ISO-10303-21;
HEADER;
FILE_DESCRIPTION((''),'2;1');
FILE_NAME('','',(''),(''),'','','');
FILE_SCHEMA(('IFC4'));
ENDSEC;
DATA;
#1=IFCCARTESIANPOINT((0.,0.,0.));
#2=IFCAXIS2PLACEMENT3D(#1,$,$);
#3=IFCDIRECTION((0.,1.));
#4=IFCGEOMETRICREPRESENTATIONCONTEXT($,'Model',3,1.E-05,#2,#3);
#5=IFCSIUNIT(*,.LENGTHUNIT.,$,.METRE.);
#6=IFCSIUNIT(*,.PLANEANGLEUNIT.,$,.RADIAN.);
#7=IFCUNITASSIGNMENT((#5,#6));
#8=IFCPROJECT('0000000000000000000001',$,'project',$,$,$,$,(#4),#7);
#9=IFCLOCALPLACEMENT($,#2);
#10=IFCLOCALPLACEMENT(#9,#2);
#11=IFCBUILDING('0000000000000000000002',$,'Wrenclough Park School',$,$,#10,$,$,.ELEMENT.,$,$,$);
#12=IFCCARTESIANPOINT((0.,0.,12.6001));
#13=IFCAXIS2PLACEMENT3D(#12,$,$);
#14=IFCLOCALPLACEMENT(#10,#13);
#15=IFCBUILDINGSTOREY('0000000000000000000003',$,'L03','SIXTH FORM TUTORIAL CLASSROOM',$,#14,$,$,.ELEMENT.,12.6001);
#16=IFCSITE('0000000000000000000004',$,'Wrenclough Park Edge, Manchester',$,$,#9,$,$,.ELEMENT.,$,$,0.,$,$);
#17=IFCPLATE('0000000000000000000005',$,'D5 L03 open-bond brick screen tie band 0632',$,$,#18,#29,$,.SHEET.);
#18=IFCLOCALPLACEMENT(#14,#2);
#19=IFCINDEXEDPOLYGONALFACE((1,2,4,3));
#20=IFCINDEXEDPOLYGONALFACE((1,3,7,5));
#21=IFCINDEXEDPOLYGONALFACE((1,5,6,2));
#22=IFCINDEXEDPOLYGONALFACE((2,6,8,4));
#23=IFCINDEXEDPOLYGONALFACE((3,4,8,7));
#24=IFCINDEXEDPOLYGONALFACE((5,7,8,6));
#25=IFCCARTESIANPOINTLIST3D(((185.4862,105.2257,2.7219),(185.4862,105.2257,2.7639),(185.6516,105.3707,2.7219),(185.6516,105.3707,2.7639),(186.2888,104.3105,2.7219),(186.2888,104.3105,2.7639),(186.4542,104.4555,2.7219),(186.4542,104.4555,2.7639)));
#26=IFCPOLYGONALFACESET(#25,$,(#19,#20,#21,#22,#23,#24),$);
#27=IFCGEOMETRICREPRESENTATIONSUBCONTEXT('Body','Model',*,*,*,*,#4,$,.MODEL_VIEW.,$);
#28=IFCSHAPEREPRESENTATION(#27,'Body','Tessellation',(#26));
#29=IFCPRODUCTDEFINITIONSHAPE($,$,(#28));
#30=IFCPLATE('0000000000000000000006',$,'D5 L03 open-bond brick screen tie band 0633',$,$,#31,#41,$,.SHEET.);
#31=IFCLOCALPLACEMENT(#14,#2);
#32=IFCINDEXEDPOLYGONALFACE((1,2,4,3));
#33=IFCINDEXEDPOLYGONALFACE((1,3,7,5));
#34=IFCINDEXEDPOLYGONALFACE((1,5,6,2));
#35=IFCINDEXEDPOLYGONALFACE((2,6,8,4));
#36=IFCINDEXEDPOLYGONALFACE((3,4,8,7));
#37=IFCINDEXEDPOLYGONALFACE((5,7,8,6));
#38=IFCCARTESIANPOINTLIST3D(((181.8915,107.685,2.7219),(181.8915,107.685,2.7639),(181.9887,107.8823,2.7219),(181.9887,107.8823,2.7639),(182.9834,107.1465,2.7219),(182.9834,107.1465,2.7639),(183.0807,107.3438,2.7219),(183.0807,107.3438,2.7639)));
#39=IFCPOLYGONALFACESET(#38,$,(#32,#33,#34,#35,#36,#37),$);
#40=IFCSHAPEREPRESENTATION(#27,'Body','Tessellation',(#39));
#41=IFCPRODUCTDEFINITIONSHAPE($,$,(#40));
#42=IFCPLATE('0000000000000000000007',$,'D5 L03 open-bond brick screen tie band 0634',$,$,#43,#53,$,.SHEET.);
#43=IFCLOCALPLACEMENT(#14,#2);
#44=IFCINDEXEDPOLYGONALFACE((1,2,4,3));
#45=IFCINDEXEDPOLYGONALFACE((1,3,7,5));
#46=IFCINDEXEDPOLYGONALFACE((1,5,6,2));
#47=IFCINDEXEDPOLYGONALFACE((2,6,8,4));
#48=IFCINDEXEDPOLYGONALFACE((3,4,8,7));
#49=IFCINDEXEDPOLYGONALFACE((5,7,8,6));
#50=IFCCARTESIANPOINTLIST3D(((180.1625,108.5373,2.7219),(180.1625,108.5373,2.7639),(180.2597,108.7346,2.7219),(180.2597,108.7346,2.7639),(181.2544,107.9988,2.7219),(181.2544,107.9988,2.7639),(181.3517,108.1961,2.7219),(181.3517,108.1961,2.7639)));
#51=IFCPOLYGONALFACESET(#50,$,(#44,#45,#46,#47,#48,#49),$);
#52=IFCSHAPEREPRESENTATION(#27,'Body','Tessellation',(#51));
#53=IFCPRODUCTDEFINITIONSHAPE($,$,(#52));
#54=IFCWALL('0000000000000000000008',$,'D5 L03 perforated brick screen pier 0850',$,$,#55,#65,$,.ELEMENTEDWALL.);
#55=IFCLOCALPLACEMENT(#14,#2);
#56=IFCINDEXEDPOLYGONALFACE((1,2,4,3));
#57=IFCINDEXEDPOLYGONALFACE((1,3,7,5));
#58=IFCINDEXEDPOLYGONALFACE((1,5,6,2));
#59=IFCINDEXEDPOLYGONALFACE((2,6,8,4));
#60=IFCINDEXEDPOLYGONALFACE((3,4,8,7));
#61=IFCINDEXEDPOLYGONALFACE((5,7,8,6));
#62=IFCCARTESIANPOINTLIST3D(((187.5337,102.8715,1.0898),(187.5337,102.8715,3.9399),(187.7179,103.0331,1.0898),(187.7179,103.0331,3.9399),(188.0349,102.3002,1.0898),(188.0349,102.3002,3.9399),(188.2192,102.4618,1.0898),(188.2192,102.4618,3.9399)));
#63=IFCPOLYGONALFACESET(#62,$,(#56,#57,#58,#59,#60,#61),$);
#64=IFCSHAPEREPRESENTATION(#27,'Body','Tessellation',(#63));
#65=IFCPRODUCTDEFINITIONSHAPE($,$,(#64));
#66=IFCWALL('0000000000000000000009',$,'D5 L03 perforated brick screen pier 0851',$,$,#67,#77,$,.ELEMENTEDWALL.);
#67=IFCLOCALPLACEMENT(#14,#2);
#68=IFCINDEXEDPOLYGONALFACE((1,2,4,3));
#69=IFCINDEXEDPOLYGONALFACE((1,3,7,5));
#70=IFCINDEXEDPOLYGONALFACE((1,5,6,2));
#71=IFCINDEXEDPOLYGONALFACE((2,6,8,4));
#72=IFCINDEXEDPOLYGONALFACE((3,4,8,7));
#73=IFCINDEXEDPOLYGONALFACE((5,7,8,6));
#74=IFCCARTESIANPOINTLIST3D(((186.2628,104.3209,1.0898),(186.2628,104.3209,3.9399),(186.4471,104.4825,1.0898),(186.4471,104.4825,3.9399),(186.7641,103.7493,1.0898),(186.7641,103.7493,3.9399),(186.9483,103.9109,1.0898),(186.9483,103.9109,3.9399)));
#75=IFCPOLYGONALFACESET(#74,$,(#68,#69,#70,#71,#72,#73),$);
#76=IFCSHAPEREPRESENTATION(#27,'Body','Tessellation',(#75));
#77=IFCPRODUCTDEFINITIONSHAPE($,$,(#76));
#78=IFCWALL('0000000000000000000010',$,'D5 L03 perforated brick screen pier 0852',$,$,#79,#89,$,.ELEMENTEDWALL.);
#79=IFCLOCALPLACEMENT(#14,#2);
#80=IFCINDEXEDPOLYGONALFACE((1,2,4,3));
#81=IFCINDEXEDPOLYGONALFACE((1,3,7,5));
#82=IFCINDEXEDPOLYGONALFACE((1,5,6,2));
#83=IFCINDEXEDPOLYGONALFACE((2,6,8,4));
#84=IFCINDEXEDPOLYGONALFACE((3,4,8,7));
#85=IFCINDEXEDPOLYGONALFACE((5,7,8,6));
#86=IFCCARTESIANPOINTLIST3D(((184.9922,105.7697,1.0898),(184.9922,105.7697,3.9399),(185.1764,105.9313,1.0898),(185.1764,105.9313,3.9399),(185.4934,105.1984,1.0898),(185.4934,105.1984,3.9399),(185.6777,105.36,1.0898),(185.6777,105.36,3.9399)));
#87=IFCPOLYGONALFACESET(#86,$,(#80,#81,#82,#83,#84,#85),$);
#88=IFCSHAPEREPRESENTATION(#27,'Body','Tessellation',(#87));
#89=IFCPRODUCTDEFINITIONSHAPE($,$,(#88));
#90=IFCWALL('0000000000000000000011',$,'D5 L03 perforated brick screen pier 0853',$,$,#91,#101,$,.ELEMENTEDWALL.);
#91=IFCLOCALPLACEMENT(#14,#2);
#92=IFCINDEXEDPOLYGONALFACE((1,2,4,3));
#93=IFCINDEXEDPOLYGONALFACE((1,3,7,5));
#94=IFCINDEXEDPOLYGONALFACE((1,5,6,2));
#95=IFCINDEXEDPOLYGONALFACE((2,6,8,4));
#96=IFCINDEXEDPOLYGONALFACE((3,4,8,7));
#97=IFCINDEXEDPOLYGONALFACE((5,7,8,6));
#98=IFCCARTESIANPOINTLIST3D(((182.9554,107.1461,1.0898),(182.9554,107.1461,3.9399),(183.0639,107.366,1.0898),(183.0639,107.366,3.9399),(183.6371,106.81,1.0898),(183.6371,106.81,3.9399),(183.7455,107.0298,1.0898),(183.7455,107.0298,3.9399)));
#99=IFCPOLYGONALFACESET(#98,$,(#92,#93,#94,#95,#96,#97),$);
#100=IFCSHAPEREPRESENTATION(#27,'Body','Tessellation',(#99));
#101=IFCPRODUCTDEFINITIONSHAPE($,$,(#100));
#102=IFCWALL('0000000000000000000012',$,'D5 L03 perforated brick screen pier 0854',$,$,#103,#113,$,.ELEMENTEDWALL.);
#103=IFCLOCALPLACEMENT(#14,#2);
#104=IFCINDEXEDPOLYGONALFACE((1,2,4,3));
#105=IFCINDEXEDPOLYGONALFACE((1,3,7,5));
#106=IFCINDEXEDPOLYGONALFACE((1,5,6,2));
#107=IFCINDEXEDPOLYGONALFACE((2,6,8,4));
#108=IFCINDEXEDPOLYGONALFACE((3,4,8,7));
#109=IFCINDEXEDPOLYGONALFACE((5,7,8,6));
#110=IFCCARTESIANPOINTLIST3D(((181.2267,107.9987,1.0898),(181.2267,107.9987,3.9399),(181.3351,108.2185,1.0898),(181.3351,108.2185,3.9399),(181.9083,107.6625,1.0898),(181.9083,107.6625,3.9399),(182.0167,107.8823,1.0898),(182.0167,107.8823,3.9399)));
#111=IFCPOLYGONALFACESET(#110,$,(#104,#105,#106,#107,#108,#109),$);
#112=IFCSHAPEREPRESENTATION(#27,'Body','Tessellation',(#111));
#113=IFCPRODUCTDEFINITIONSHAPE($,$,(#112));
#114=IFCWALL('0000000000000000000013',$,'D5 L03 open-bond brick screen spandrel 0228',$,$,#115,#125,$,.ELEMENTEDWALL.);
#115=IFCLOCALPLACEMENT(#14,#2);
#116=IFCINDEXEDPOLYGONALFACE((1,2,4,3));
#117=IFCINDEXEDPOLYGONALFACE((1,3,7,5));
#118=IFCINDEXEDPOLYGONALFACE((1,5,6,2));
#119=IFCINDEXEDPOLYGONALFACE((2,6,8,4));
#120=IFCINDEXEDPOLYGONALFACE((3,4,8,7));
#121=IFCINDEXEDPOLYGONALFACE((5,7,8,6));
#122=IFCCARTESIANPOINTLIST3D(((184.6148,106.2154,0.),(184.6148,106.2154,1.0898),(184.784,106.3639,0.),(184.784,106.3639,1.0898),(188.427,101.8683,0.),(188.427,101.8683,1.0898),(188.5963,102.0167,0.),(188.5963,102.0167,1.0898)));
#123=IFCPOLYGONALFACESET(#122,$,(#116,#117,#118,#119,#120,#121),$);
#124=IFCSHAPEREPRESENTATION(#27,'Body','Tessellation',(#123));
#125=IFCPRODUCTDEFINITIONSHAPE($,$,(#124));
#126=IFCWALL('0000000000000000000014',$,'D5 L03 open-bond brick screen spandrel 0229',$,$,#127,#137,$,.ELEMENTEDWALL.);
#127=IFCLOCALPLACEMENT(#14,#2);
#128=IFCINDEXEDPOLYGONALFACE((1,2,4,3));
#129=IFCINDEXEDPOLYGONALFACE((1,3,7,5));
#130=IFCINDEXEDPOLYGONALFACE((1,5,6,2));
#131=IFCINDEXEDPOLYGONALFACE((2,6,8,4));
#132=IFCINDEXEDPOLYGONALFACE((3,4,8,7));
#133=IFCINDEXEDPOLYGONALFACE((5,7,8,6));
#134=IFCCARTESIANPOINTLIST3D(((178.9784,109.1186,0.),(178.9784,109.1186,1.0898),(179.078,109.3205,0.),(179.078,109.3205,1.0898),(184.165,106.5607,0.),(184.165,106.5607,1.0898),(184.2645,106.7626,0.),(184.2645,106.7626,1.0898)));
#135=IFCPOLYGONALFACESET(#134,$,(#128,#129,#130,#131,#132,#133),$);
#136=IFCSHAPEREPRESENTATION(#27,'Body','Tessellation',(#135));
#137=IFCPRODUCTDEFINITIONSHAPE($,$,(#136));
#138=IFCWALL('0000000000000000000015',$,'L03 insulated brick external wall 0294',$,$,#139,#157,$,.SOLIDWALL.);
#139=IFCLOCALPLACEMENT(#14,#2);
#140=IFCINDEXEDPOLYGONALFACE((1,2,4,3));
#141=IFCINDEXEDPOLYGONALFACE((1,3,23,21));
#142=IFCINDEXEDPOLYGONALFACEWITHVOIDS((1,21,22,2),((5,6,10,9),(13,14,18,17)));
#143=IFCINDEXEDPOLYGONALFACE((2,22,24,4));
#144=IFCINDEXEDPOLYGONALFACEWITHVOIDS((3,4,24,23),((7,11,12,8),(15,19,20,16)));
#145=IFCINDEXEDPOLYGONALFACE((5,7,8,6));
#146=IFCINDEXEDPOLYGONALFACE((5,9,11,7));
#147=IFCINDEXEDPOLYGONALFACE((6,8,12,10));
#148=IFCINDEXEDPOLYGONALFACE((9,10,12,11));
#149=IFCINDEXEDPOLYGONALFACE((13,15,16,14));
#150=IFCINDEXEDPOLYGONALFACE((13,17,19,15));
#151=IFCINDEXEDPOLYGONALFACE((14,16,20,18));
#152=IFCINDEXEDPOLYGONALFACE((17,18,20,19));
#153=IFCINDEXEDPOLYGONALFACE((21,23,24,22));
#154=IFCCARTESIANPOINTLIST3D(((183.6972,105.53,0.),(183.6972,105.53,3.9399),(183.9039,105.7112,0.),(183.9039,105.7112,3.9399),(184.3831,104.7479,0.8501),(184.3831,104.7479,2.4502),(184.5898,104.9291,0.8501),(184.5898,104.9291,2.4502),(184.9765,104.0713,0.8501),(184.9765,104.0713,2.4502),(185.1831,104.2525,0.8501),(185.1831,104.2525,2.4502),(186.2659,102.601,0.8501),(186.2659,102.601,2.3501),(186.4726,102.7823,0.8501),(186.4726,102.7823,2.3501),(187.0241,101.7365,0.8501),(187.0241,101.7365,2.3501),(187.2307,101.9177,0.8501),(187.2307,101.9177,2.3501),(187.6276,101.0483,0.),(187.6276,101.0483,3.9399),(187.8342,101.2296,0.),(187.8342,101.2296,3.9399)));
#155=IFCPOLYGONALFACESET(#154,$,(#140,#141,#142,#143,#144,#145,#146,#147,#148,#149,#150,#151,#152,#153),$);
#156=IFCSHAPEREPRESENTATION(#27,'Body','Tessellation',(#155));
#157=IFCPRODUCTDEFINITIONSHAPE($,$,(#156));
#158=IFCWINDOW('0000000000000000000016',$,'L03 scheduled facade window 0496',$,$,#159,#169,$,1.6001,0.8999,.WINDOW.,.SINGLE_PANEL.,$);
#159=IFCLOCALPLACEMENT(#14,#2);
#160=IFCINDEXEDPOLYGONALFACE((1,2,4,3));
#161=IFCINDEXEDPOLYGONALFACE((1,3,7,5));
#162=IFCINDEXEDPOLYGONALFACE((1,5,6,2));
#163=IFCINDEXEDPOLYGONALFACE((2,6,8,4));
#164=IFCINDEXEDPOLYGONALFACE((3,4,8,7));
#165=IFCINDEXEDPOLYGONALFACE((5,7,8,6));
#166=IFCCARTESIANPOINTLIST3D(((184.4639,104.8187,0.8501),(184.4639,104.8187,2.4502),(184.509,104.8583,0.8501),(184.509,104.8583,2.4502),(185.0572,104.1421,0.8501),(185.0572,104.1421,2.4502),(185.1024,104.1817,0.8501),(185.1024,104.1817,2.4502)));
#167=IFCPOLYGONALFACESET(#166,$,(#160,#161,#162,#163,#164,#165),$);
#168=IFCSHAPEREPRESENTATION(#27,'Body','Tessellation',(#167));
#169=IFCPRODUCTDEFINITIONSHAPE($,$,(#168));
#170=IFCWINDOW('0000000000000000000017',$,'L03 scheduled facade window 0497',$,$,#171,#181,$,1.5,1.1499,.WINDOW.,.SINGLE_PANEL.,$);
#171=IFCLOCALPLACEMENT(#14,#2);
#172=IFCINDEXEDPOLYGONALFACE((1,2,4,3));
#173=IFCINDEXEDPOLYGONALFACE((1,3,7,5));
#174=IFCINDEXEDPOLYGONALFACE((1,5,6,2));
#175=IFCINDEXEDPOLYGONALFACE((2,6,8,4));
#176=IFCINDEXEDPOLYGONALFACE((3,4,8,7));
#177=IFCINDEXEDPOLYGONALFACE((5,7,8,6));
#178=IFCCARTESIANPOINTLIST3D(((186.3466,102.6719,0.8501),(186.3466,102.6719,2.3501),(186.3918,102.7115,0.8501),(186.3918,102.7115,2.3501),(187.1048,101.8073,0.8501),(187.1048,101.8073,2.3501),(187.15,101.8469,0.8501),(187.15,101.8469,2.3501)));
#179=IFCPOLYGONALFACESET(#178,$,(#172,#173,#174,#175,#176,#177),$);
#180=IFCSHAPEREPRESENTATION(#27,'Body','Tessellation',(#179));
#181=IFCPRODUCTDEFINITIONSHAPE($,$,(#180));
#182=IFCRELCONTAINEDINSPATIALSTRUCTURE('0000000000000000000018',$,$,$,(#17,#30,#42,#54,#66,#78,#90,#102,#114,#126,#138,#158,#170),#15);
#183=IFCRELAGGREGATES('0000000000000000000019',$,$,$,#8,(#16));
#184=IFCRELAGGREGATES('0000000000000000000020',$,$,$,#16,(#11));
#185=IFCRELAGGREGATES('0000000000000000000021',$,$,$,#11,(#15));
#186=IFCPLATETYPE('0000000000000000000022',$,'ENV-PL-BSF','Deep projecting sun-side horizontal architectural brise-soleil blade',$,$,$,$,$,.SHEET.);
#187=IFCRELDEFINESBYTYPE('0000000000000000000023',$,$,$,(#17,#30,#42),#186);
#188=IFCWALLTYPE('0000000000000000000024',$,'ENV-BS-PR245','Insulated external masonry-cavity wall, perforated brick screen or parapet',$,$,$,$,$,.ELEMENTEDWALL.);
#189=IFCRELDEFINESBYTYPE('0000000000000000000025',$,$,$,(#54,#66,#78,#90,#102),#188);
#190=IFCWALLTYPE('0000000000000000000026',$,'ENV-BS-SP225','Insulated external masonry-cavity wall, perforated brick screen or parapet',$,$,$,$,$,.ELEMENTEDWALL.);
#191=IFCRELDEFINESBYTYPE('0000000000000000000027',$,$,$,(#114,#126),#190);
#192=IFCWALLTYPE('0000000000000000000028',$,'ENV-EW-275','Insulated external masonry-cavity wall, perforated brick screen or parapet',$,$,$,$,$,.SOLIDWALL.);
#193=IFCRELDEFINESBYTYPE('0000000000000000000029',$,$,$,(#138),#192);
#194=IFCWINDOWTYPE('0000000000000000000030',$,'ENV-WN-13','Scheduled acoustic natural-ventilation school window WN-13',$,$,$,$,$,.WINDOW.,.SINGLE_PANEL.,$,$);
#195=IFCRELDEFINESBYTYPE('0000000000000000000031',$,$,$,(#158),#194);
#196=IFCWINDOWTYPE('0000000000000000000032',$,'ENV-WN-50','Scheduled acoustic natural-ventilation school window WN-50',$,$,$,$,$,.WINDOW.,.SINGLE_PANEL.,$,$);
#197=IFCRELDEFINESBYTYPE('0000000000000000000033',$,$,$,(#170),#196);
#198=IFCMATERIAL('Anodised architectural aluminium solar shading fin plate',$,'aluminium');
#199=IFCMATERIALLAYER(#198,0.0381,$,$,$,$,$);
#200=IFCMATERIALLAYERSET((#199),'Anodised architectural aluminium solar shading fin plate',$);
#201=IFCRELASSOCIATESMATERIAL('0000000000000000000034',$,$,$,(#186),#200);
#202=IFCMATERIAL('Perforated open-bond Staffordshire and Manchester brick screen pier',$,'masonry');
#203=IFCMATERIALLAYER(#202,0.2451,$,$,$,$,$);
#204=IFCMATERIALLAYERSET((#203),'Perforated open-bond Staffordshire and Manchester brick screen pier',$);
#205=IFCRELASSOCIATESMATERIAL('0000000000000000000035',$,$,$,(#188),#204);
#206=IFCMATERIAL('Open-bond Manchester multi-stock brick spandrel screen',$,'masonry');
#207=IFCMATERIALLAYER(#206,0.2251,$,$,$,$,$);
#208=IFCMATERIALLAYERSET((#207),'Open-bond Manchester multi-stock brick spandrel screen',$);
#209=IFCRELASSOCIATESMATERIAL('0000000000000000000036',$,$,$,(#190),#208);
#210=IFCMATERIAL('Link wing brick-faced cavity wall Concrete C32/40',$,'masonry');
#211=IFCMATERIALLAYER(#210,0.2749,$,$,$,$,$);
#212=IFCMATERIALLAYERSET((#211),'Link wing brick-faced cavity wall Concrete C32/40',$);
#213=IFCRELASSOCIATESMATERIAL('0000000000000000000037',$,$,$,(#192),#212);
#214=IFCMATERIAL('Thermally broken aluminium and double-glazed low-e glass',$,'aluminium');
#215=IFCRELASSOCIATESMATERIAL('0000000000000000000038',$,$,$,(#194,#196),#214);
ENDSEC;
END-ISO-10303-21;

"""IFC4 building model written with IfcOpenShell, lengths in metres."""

from ifc_helpers import new_model, si_unit, direction, frame, frame_2d, origin, origin_2d, place, context, subcontext, project, spatial, rectangle, extrude, material, layer, layer_set, type_object, element, fill, save


model = new_model("IFC4")

# Units and contexts
model_context = context("Model", 3, precision=1e-05, world=origin(), true_north=direction((0.0, 1.0)))
body_context = subcontext(model_context, "Body", "Model", "MODEL_VIEW")
ifc_project = project(units=[si_unit("LENGTHUNIT", "METRE"), si_unit("PLANEANGLEUNIT", "RADIAN")], contexts=[model_context])

# Site, building, storey
site_placement = place(None, origin())
site = spatial("IfcSite", under=ifc_project, at=site_placement, Name="Wrenclough Park Edge, Manchester", CompositionType="ELEMENT", RefElevation=0.0)
building_placement = place(site_placement, origin())
building = spatial("IfcBuilding", under=site, at=building_placement, Name="Wrenclough Park School", CompositionType="ELEMENT")
storey_placement = place(building_placement, frame((0.0, 0.0, 12.6001)))
storey = spatial("IfcBuildingStorey", under=building, at=storey_placement, Name="L03", Description="SIXTH FORM TUTORIAL CLASSROOM", CompositionType="ELEMENT", Elevation=12.6001)

# Plates
ifc_material_1 = material(Name="Anodised architectural aluminium solar shading fin plate", Category="aluminium")
ifc_layer_1 = layer(ifc_material_1, 0.0381)
ifc_layer_set_1 = layer_set([ifc_layer_1], Name="Anodised architectural aluminium solar shading fin plate")
plate_type = type_object("IfcPlateType", Name="ENV-PL-BSF", Description="Deep projecting sun-side horizontal architectural brise-soleil blade", PredefinedType="SHEET", material=ifc_layer_set_1)
for number, where, z_axis, x_axis, name in (
    (1, (185.9702, 104.8406, 2.7219), (0.0, 0.0, 1.0), (-0.659347, 0.751839, 0.0), "D5 L03 open-bond brick screen tie band 0632"),
):
    element("IfcPlate", number, at=place(storey_placement, frame(where, z_axis=z_axis, x_axis=x_axis)), inside=storey, type_object=plate_type, Name=name, PredefinedType="SHEET", context=body_context, shape_type="SweptSolid", body=[
        extrude(rectangle(XDim=1.2173, YDim=0.22, at=origin_2d()), origin(), (0.0, 0.0, 1.0), 0.042),
    ])
for number, where, z_axis, x_axis, name in (
    (2, (182.4861, 107.5144, 2.7219), (0.0, 0.0, 1.0), (-0.896873, 0.442289, 0.0), "D5 L03 open-bond brick screen tie band 0633"),
    (3, (180.7571, 108.3667, 2.7219), (0.0, 0.0, 1.0), (-0.896873, 0.442289, 0.0), "D5 L03 open-bond brick screen tie band 0634"),
):
    element("IfcPlate", number, at=place(storey_placement, frame(where, z_axis=z_axis, x_axis=x_axis)), inside=storey, type_object=plate_type, Name=name, PredefinedType="SHEET", context=body_context, shape_type="SweptSolid", body=[
        extrude(rectangle(XDim=1.2175, YDim=0.22, at=origin_2d()), origin(), (0.0, 0.0, 1.0), 0.042),
    ])

# Walls
ifc_material_2 = material(Name="Perforated open-bond Staffordshire and Manchester brick screen pier", Category="masonry")
ifc_layer_2 = layer(ifc_material_2, 0.2451)
ifc_layer_set_2 = layer_set([ifc_layer_2], Name="Perforated open-bond Staffordshire and Manchester brick screen pier")
wall_type_1 = type_object("IfcWallType", Name="ENV-BS-PR245", Description="Insulated external masonry-cavity wall, perforated brick screen or parapet", PredefinedType="ELEMENTEDWALL", material=ifc_layer_set_2)
wall_1_placement = place(storey_placement, frame((188.127, 102.3811, 1.0898), z_axis=(0.0, 0.0, 1.0), x_axis=(-0.659505, 0.7517, 0.0)))
element("IfcWall", 4, at=wall_1_placement, inside=storey, type_object=wall_type_1, Name="D5 L03 perforated brick screen pier 0850", PredefinedType="ELEMENTEDWALL", context=body_context, shape_type="SweptSolid", body=[
    extrude(rectangle(XDim=0.76, YDim=0.2451, at=frame_2d((0.3799, 0.0))), origin(), (0.0, 0.0, 1.0), 2.8501),
])
wall_2_placement = place(storey_placement, frame((186.8562, 103.8301, 1.0898), z_axis=(0.0, 0.0, 1.0), x_axis=(-0.659345, 0.75184, 0.0)))
element("IfcWall", 5, at=wall_2_placement, inside=storey, type_object=wall_type_1, Name="D5 L03 perforated brick screen pier 0851", PredefinedType="ELEMENTEDWALL", context=body_context, shape_type="SweptSolid", body=[
    extrude(rectangle(XDim=0.7603, YDim=0.2451, at=frame_2d((0.3801, 0.0))), origin(), (0.0, 0.0, 1.0), 2.8501),
])
for number, where, z_axis, x_axis, name in (
    (6, (185.5854, 105.2793, 1.0898), (0.0, 0.0, 1.0), (-0.659505, 0.7517, 0.0), "D5 L03 perforated brick screen pier 0852"),
    (7, (183.6912, 106.9199, 1.0898), (0.0, 0.0, 1.0), (-0.896855, 0.442324, 0.0), "D5 L03 perforated brick screen pier 0853"),
    (8, (181.9624, 107.7725, 1.0898), (0.0, 0.0, 1.0), (-0.896855, 0.442324, 0.0), "D5 L03 perforated brick screen pier 0854"),
):
    element("IfcWall", number, at=place(storey_placement, frame(where, z_axis=z_axis, x_axis=x_axis)), inside=storey, type_object=wall_type_1, Name=name, PredefinedType="ELEMENTEDWALL", context=body_context, shape_type="SweptSolid", body=[
        extrude(rectangle(XDim=0.76, YDim=0.2451, at=frame_2d((0.3799, 0.0))), origin(), (0.0, 0.0, 1.0), 2.8501),
    ])
ifc_material_3 = material(Name="Open-bond Manchester multi-stock brick spandrel screen", Category="masonry")
ifc_layer_3 = layer(ifc_material_3, 0.2251)
ifc_layer_set_3 = layer_set([ifc_layer_3], Name="Open-bond Manchester multi-stock brick spandrel screen")
wall_type_2 = type_object("IfcWallType", Name="ENV-BS-SP225", Description="Insulated external masonry-cavity wall, perforated brick screen or parapet", PredefinedType="ELEMENTEDWALL", material=ifc_layer_set_3)
wall_3_placement = place(storey_placement, frame((188.5117, 101.9424, 0.0), z_axis=(0.0, 0.0, 1.0), x_axis=(-0.659335, 0.751849, 0.0)))
element("IfcWall", 9, at=wall_3_placement, inside=storey, type_object=wall_type_2, Name="D5 L03 open-bond brick screen spandrel 0228", PredefinedType="ELEMENTEDWALL", context=body_context, shape_type="SweptSolid", body=[
    extrude(rectangle(XDim=5.782, YDim=0.2251, at=frame_2d((2.8911, 0.0))), origin(), (0.0, 0.0, 1.0), 1.0898),
])
wall_4_placement = place(storey_placement, frame((184.2148, 106.6616, 0.0), z_axis=(0.0, 0.0, 1.0), x_axis=(-0.896862, 0.44231, 0.0)))
element("IfcWall", 10, at=wall_4_placement, inside=storey, type_object=wall_type_2, Name="D5 L03 open-bond brick screen spandrel 0229", PredefinedType="ELEMENTEDWALL", context=body_context, shape_type="SweptSolid", body=[
    extrude(rectangle(XDim=5.783, YDim=0.2251, at=frame_2d((2.8916, 0.0))), origin(), (0.0, 0.0, 1.0), 1.0898),
])

# Wall, openings, windows
ifc_material_4 = material(Name="Link wing brick-faced cavity wall Concrete C32/40", Category="masonry")
ifc_layer_4 = layer(ifc_material_4, 0.2749)
ifc_layer_set_4 = layer_set([ifc_layer_4], Name="Link wing brick-faced cavity wall Concrete C32/40")
wall_type_3 = type_object("IfcWallType", Name="ENV-EW-275", Description="Insulated external masonry-cavity wall, perforated brick screen or parapet", PredefinedType="SOLIDWALL", material=ifc_layer_set_4)
wall_5_placement = place(storey_placement, frame((183.8005, 105.6206, 0.0), z_axis=(0.0, 0.0, 1.0), x_axis=(0.659354, -0.751833, 0.0)))
wall_5 = element("IfcWall", 11, at=wall_5_placement, inside=storey, type_object=wall_type_3, Name="L03 insulated brick external wall 0294", PredefinedType="SOLIDWALL", context=body_context, shape_type="SweptSolid", body=[
    extrude(rectangle(XDim=5.9609, YDim=0.2749, at=frame_2d((2.9805, 0.0))), origin(), (0.0, 0.0, 1.0), 3.9399),
])
opening_1_placement = place(wall_5_placement, frame((1.0403, 0.0, 0.8501)))
opening_1 = element("IfcOpeningElement", 12, at=opening_1_placement, cuts=wall_5, PredefinedType="OPENING", context=body_context, shape_type="SweptSolid", body=[
    extrude(rectangle(XDim=0.8999, YDim=1.6001, at=frame_2d((0.45, 0.8))), frame((0.0, 0.1475, 0.0), z_axis=(0.0, -1.0, 0.0), x_axis=(1.0, 0.0, 0.0)), (0.0, 0.0, 1.0), 0.2949),
])
opening_2_placement = place(wall_5_placement, frame((3.8958, 0.0, 0.8501)))
opening_2 = element("IfcOpeningElement", 13, at=opening_2_placement, cuts=wall_5, PredefinedType="OPENING", context=body_context, shape_type="SweptSolid", body=[
    extrude(rectangle(XDim=1.1499, YDim=1.5, at=frame_2d((0.575, 0.75))), frame((0.0, 0.1475, 0.0), z_axis=(0.0, -1.0, 0.0), x_axis=(1.0, 0.0, 0.0)), (0.0, 0.0, 1.0), 0.2949),
])
ifc_material_5 = material(Name="Thermally broken aluminium and double-glazed low-e glass", Category="aluminium")
window_type_1 = type_object("IfcWindowType", Name="ENV-WN-13", Description="Scheduled acoustic natural-ventilation school window WN-13", PartitioningType="SINGLE_PANEL", PredefinedType="WINDOW", material=ifc_material_5)
window_1_placement = place(opening_1_placement, origin())
window_1 = element("IfcWindow", 14, at=window_1_placement, inside=storey, type_object=window_type_1, Name="L03 scheduled facade window 0496", OverallHeight=1.6001, OverallWidth=0.8999, PartitioningType="SINGLE_PANEL", PredefinedType="WINDOW", context=body_context, shape_type="SweptSolid", body=[
    extrude(rectangle(XDim=0.8999, YDim=1.6001, at=frame_2d((0.45, 0.8))), frame((0.0, 0.03, 0.0), z_axis=(0.0, -1.0, 0.0), x_axis=(1.0, 0.0, 0.0)), (0.0, 0.0, 1.0), 0.0601),
])
fill(opening_1, window_1)
window_type_2 = type_object("IfcWindowType", Name="ENV-WN-50", Description="Scheduled acoustic natural-ventilation school window WN-50", PartitioningType="SINGLE_PANEL", PredefinedType="WINDOW", material=ifc_material_5)
window_2_placement = place(opening_2_placement, origin())
window_2 = element("IfcWindow", 15, at=window_2_placement, inside=storey, type_object=window_type_2, Name="L03 scheduled facade window 0497", OverallHeight=1.5, OverallWidth=1.1499, PartitioningType="SINGLE_PANEL", PredefinedType="WINDOW", context=body_context, shape_type="SweptSolid", body=[
    extrude(rectangle(XDim=1.1499, YDim=1.5, at=frame_2d((0.575, 0.75))), frame((0.0, 0.03, 0.0), z_axis=(0.0, -1.0, 0.0), x_axis=(1.0, 0.0, 0.0)), (0.0, 0.0, 1.0), 0.0601),
])
fill(opening_2, window_2)

save(model, "model.ifc")
